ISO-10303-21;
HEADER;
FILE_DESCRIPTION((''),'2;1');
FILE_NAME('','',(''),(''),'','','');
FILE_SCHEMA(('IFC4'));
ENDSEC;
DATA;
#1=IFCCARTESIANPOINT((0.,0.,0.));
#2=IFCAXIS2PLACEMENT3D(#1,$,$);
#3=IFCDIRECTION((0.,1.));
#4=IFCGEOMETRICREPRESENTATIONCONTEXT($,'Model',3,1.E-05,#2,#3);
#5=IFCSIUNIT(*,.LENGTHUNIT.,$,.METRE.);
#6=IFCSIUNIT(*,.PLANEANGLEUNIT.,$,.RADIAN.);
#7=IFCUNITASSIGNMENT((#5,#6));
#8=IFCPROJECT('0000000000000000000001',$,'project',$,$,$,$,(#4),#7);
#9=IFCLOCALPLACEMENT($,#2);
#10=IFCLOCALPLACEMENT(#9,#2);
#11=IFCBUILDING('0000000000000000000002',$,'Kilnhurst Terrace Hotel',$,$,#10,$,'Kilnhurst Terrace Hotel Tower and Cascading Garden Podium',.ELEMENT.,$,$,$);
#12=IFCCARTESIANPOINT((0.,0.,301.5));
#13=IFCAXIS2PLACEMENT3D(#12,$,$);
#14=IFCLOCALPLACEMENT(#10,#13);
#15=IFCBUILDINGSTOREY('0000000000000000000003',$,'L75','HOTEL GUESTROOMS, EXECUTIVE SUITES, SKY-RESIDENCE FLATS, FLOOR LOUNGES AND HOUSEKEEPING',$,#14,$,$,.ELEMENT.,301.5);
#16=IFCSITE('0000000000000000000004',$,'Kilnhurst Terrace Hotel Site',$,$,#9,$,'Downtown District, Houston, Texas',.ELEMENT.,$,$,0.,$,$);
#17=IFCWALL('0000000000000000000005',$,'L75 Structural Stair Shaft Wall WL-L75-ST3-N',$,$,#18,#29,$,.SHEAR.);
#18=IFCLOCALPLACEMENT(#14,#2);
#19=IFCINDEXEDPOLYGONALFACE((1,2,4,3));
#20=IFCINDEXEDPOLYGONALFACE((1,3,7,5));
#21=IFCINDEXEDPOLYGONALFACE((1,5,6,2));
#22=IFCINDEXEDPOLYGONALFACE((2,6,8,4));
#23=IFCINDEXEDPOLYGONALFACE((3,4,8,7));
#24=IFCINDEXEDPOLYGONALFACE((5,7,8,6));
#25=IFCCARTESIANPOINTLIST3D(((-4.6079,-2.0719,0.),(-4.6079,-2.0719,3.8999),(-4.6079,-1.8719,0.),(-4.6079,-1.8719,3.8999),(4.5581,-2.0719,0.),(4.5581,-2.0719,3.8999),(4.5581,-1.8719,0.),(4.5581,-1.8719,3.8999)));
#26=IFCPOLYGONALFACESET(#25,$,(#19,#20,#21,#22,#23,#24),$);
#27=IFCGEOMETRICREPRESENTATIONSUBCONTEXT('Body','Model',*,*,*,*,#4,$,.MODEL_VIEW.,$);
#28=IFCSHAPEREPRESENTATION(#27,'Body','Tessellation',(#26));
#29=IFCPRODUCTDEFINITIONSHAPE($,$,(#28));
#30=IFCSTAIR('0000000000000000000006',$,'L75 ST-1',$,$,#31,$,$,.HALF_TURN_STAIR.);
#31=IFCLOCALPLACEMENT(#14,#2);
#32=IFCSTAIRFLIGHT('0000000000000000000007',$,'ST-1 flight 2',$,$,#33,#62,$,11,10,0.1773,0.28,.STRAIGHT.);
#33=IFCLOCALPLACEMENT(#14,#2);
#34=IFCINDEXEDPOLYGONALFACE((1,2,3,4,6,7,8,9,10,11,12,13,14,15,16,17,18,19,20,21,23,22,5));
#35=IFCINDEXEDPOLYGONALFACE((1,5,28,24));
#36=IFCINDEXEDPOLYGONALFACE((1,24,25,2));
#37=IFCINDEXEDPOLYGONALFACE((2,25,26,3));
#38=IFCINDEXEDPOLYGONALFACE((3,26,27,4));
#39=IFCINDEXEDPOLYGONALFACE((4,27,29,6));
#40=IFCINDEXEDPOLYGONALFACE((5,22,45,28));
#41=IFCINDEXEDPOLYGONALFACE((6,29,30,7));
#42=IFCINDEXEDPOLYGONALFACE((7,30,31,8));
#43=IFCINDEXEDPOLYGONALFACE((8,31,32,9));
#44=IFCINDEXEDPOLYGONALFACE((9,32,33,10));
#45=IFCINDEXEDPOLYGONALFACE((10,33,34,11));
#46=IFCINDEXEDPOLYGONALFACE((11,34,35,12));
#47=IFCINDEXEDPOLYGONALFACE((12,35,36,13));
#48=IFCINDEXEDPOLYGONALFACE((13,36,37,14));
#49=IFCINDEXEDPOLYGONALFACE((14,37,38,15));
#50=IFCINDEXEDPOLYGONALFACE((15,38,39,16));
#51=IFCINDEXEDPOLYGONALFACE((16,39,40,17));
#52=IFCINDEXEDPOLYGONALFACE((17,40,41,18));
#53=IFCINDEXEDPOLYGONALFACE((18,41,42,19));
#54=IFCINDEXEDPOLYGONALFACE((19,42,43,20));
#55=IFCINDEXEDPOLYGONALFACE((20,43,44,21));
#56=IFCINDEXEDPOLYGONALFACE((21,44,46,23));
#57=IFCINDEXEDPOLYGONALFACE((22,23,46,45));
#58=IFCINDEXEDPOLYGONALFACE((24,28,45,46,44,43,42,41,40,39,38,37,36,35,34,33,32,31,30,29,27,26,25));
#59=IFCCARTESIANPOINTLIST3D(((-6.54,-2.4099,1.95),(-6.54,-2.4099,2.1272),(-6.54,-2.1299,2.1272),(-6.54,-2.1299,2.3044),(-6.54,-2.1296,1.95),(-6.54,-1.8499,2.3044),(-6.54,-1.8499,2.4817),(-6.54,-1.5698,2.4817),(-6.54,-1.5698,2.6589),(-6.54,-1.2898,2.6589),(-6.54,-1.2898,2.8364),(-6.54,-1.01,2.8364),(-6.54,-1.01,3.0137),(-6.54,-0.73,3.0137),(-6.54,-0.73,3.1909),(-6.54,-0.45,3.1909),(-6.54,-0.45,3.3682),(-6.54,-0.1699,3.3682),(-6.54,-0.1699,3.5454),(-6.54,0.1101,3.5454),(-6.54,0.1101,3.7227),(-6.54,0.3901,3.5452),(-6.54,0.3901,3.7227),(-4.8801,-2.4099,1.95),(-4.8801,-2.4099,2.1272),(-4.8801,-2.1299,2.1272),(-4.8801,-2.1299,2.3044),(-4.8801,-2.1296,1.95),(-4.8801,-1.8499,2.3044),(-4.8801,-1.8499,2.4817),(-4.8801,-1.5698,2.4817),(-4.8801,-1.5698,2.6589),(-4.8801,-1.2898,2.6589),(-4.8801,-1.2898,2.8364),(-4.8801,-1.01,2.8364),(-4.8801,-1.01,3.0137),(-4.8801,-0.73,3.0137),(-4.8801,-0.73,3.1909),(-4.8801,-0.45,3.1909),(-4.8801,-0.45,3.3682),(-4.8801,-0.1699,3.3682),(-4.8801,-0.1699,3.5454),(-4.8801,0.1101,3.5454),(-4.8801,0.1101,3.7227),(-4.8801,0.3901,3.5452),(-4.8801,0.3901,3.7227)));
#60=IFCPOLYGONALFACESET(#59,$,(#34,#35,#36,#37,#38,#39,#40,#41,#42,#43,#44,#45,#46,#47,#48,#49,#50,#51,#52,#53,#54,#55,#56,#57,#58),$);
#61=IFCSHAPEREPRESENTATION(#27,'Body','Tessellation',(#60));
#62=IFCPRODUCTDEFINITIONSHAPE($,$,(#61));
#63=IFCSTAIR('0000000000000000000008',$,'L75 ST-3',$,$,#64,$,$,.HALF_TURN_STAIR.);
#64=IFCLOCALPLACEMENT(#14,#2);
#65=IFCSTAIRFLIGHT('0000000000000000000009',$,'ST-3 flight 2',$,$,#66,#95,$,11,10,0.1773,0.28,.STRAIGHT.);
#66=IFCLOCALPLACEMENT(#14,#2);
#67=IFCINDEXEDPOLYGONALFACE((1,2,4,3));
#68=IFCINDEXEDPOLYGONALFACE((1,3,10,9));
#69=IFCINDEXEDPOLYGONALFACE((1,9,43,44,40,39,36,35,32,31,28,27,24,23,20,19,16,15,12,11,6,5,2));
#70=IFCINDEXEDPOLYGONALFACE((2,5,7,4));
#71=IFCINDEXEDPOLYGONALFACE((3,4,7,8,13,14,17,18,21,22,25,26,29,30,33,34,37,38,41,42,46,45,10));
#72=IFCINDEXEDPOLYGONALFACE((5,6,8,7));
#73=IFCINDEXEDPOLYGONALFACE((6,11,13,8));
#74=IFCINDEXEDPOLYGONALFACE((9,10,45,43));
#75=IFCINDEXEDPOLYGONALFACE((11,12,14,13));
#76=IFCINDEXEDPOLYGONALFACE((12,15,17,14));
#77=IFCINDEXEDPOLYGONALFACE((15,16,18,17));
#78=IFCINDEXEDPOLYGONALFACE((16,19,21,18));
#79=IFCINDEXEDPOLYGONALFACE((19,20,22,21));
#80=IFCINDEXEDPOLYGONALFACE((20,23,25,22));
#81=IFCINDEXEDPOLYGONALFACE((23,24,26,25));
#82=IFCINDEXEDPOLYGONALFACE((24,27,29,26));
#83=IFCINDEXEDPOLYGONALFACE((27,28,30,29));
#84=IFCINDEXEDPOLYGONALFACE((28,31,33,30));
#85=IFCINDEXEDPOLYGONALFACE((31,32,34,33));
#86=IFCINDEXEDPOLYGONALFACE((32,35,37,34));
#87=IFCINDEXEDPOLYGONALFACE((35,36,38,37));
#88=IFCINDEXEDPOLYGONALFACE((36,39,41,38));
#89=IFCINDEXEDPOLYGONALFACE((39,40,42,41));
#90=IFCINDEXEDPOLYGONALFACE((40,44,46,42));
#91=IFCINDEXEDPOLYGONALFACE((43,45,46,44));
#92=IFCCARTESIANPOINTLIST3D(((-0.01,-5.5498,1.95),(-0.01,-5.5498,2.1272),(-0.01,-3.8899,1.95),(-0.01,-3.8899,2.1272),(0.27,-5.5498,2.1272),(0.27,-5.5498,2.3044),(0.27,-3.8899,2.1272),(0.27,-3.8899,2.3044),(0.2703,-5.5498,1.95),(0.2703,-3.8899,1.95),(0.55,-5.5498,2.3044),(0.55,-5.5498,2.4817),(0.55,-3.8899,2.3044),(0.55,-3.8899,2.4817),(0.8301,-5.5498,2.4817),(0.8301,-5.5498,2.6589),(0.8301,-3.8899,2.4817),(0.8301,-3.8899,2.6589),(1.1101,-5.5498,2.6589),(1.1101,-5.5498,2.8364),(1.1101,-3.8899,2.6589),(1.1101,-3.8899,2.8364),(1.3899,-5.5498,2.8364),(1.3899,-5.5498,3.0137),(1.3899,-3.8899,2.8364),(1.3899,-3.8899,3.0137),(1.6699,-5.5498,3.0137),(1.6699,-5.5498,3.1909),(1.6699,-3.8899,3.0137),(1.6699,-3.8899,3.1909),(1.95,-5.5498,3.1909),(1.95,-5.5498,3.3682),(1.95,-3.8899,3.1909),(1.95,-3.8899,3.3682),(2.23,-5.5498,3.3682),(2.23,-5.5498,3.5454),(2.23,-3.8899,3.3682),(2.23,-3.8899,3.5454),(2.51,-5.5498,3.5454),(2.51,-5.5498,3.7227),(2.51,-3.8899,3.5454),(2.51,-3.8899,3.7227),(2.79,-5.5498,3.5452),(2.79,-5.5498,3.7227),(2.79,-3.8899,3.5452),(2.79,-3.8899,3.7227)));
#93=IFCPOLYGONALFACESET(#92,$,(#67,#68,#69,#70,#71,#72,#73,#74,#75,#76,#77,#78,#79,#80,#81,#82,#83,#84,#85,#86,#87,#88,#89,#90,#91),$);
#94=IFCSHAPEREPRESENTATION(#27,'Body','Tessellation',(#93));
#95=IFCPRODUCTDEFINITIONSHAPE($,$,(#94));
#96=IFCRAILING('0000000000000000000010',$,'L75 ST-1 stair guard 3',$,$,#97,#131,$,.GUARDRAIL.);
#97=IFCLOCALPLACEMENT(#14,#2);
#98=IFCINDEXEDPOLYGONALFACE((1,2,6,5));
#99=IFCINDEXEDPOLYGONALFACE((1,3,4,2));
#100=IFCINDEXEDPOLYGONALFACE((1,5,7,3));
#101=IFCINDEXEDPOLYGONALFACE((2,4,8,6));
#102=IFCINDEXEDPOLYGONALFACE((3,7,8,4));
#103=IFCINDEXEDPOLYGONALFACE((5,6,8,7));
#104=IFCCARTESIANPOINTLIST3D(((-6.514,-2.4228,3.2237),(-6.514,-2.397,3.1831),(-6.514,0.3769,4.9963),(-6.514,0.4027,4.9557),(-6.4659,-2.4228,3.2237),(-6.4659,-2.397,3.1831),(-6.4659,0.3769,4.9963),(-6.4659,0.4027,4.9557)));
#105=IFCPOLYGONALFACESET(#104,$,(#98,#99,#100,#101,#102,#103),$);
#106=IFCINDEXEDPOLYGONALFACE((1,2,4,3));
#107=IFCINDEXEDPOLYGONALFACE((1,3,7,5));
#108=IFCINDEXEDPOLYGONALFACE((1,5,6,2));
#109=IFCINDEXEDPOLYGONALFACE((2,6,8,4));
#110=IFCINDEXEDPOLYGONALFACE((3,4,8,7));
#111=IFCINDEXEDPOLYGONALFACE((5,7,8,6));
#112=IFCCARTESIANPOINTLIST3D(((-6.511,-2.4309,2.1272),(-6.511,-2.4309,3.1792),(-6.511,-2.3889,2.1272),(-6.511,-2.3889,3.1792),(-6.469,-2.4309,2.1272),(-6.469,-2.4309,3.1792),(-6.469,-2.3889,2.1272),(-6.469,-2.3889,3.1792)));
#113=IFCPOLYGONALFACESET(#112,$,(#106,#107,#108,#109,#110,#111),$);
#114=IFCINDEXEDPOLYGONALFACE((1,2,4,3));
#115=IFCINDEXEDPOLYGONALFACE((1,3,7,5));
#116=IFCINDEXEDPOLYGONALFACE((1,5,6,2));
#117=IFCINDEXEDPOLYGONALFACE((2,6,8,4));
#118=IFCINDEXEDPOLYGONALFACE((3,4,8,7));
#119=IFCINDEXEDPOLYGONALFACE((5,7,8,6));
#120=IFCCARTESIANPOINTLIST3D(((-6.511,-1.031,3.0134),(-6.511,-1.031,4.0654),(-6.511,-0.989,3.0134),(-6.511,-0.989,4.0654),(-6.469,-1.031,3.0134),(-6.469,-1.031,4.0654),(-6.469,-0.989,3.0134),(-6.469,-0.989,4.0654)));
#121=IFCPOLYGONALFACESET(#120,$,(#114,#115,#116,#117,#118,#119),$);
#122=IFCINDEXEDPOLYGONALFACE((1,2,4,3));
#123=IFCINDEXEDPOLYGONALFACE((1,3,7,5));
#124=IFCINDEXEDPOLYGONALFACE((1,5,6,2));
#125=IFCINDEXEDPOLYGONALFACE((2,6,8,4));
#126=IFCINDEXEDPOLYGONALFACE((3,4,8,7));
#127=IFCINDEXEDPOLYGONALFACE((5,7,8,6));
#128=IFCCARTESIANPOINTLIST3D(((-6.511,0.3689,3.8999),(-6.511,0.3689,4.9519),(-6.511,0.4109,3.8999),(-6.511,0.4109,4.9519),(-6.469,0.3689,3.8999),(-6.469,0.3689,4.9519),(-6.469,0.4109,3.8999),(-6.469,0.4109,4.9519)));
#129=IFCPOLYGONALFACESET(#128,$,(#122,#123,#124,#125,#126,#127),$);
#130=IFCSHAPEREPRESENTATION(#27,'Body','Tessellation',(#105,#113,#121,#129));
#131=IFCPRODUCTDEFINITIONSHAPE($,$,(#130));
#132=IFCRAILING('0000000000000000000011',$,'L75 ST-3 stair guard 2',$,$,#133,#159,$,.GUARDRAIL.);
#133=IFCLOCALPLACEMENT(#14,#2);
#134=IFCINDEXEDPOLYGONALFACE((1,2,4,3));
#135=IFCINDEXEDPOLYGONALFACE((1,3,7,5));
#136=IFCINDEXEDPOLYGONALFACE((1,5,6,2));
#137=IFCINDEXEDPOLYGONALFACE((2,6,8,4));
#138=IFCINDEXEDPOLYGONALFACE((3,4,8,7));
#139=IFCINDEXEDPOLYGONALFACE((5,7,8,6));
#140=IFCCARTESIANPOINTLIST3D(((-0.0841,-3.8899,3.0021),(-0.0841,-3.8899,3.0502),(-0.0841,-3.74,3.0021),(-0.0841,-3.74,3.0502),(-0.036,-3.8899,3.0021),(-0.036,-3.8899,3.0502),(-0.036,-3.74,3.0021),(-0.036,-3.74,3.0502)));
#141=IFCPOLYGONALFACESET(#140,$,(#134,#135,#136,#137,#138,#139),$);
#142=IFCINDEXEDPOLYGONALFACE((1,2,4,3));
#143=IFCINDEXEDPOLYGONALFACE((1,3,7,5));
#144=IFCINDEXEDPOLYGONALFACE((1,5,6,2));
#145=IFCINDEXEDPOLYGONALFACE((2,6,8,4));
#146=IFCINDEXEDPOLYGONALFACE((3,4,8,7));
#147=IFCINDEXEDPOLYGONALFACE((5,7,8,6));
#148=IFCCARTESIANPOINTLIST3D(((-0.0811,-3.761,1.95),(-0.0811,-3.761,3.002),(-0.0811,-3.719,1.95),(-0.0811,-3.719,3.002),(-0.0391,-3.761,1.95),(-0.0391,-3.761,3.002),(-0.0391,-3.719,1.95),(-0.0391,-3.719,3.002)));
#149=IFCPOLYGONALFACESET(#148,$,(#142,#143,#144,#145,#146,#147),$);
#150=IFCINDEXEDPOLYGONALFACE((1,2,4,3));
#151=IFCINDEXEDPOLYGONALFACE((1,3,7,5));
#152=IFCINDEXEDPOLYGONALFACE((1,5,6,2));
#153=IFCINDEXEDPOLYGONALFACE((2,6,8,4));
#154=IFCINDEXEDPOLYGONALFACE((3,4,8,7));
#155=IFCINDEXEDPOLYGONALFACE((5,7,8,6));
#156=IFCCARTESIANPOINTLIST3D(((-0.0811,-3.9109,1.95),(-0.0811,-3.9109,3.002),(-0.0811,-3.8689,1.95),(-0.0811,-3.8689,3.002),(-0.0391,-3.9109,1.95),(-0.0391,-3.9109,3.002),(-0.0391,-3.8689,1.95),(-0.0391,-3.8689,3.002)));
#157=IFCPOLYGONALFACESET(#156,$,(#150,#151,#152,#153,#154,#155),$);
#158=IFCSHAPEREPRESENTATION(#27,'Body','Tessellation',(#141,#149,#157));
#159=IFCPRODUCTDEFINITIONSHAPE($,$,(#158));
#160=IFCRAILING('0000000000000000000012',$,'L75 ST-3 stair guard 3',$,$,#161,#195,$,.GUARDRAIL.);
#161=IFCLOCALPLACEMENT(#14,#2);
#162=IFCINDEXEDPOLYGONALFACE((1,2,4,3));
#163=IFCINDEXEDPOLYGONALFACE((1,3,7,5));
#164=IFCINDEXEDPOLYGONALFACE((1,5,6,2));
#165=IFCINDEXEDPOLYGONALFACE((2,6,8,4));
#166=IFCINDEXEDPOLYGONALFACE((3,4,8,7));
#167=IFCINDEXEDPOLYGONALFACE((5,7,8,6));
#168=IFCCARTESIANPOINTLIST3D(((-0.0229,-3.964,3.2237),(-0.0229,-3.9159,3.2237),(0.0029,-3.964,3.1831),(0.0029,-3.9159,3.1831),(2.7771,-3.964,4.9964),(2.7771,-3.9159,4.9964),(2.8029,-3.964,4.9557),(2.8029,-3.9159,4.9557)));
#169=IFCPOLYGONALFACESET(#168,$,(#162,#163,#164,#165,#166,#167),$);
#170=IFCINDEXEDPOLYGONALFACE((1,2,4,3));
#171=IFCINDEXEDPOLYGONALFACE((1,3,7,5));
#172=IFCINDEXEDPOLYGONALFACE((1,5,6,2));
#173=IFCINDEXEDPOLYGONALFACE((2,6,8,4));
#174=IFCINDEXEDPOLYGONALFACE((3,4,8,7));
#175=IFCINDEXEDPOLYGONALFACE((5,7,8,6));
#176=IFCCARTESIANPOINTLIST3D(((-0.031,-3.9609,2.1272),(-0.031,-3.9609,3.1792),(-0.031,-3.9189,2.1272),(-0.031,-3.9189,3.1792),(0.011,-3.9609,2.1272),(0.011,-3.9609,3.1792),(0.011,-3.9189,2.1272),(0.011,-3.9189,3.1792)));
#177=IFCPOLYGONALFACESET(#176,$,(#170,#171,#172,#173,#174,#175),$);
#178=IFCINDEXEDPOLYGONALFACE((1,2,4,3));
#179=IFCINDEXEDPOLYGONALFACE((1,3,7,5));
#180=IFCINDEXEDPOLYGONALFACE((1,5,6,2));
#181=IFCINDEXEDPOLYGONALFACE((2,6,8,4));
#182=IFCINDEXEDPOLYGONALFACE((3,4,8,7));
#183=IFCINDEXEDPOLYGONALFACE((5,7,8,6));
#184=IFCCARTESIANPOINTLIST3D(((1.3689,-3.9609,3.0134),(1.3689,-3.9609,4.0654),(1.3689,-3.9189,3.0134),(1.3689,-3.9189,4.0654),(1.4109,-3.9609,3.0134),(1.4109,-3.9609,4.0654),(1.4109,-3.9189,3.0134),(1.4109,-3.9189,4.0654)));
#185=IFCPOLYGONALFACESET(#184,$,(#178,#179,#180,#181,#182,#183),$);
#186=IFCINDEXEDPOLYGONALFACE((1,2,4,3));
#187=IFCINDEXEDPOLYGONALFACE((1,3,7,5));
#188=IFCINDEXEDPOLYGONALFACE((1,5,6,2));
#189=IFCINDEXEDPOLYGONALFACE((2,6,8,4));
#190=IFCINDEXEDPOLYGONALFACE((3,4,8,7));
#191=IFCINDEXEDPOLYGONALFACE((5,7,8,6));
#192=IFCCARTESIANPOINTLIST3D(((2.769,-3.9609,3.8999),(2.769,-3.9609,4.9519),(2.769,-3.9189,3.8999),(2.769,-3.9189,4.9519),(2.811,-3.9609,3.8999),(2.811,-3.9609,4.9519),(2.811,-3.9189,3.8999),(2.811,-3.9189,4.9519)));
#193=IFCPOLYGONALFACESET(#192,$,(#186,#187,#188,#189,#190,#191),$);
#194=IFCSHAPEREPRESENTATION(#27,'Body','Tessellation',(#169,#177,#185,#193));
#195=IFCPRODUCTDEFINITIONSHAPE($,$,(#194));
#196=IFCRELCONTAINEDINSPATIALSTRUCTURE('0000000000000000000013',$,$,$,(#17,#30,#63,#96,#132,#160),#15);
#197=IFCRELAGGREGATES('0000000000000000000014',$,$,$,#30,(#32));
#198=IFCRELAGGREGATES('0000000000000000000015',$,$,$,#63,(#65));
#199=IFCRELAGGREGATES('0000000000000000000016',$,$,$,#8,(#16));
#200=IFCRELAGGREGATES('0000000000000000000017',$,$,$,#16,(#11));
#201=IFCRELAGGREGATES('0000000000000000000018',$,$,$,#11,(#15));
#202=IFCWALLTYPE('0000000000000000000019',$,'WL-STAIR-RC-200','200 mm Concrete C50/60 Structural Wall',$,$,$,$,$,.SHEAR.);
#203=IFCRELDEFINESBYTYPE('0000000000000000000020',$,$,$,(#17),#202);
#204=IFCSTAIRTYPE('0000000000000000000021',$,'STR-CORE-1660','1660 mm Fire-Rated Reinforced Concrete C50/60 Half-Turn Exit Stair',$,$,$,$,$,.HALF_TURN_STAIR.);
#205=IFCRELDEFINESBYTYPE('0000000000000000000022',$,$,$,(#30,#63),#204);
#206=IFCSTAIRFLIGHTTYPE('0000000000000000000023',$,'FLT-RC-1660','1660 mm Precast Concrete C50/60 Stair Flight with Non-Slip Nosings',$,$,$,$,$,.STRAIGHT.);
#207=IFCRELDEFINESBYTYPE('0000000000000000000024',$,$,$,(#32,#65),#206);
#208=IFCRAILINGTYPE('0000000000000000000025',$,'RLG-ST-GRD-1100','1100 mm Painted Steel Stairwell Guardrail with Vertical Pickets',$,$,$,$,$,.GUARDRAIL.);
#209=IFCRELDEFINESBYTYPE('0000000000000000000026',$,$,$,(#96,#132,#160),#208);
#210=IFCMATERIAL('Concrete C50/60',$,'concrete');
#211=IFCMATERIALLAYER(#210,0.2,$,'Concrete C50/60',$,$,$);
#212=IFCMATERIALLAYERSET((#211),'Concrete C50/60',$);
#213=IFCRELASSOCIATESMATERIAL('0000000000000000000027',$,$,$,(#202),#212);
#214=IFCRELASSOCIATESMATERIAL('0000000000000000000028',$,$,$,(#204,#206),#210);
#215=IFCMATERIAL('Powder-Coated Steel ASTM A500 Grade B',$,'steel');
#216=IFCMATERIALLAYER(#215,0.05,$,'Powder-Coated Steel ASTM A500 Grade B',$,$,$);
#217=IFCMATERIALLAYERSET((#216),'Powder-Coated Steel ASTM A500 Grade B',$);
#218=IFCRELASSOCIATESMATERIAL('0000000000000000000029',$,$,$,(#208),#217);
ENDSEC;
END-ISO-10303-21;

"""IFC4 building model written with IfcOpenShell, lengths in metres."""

from ifc_helpers import new_model, si_unit, direction, frame, frame_2d, origin, origin_2d, place, context, subcontext, project, spatial, polyline, rectangle, outline, extrude, material, layer, layer_set, type_object, element, aggregate, save


model = new_model("IFC4")

# Units and contexts
model_context = context("Model", 3, precision=1e-05, world=origin(), true_north=direction((0.0, 1.0)))
body_context = subcontext(model_context, "Body", "Model", "MODEL_VIEW")
ifc_project = project(units=[si_unit("LENGTHUNIT", "METRE"), si_unit("PLANEANGLEUNIT", "RADIAN")], contexts=[model_context])

# Site, building, storey
site_placement = place(None, origin())
site = spatial("IfcSite", under=ifc_project, at=site_placement, Name="Kilnhurst Terrace Hotel Site", LongName="Downtown District, Houston, Texas", CompositionType="ELEMENT", RefElevation=0.0)
building_placement = place(site_placement, origin())
building = spatial("IfcBuilding", under=site, at=building_placement, Name="Kilnhurst Terrace Hotel", LongName="Kilnhurst Terrace Hotel Tower and Cascading Garden Podium", CompositionType="ELEMENT")
storey_placement = place(building_placement, frame((0.0, 0.0, 301.5)))
storey = spatial("IfcBuildingStorey", under=building, at=storey_placement, Name="L75", Description="HOTEL GUESTROOMS, EXECUTIVE SUITES, SKY-RESIDENCE FLATS, FLOOR LOUNGES AND HOUSEKEEPING", CompositionType="ELEMENT", Elevation=301.5)

# Shared definitions
ifc_material_1 = material(Name="Concrete C50/60", Category="concrete")

# Shared definitions
ifc_layer_1 = layer(ifc_material_1, 0.2, Name="Concrete C50/60")
ifc_layer_set_1 = layer_set([ifc_layer_1], Name="Concrete C50/60")
wall_type_1 = type_object("IfcWallType", Name="WL-STAIR-RC-200", Description="200 mm Concrete C50/60 Structural Wall", PredefinedType="SHEAR", material=ifc_layer_set_1)

# Wall
wall_1_placement = place(storey_placement, frame((-4.6079, -1.9719, 0.0), z_axis=(0.0, 0.0, 1.0), x_axis=(1.0, 0.0, 0.0)))
element("IfcWall", 1, at=wall_1_placement, inside=storey, type_object=wall_type_1, Name="L75 Structural Stair Shaft Wall WL-L75-ST3-N", PredefinedType="SHEAR", context=body_context, shape_type="SweptSolid", body=[
    extrude(rectangle(XDim=9.166, YDim=0.2, at=frame_2d((4.583, 0.0))), origin(), (0.0, 0.0, 1.0), 3.8999),
])

# Stairs, stair flights
stair_type = type_object("IfcStairType", Name="STR-CORE-1660", Description="1660 mm Fire-Rated Reinforced Concrete C50/60 Half-Turn Exit Stair", PredefinedType="HALF_TURN_STAIR", material=ifc_material_1)
stair_1_placement = place(storey_placement, origin())
stair_1 = element("IfcStair", 2, at=stair_1_placement, inside=storey, type_object=stair_type, Name="L75 ST-1", PredefinedType="HALF_TURN_STAIR")
stair_flight_type = type_object("IfcStairFlightType", Name="FLT-RC-1660", Description="1660 mm Precast Concrete C50/60 Stair Flight with Non-Slip Nosings", PredefinedType="STRAIGHT", material=ifc_material_1)
stair_flight_1_placement = place(storey_placement, frame((-5.71, -2.4099, 1.95), z_axis=(0.0, 0.0, 1.0), x_axis=(0.0, 1.0, 0.0)))
stair_flight_1 = element("IfcStairFlight", 3, at=stair_flight_1_placement, type_object=stair_flight_type, Name="ST-1 flight 2", NumberOfRisers=11, NumberOfTreads=10, PredefinedType="STRAIGHT", RiserHeight=0.1773, TreadLength=0.28, context=body_context, shape_type="SweptSolid", body=[
    extrude(outline(polyline([(0.0, 0.0), (0.0, 0.1772), (0.28, 0.1772), (0.28, 0.3545), (0.5601, 0.3545), (0.5601, 0.5317), (0.8401, 0.5317), (0.8401, 0.709), (1.1201, 0.709), (1.1201, 0.8865), (1.3999, 0.8865), (1.3999, 1.0637), (1.6799, 1.0637), (1.6799, 1.241), (1.96, 1.241), (1.96, 1.4182), (2.24, 1.4182), (2.24, 1.5955), (2.52, 1.5955), (2.52, 1.7727), (2.8, 1.7727), (2.8, 1.95), (2.8, 1.5952), (0.2803, 0.0), (0.0, 0.0)])), frame((0.0, 0.8301, 0.0), z_axis=(0.0, -1.0, 0.0), x_axis=(1.0, 0.0, 0.0)), (0.0, 0.0, 1.0), 1.6599),
])
aggregate(stair_1, [stair_flight_1])
stair_2_placement = place(storey_placement, origin())
stair_2 = element("IfcStair", 4, at=stair_2_placement, inside=storey, type_object=stair_type, Name="L75 ST-3", PredefinedType="HALF_TURN_STAIR")
stair_flight_2_placement = place(storey_placement, frame((-0.01, -4.72, 1.95), z_axis=(0.0, 0.0, 1.0), x_axis=(1.0, 0.0, 0.0)))
stair_flight_2 = element("IfcStairFlight", 5, at=stair_flight_2_placement, type_object=stair_flight_type, Name="ST-3 flight 2", NumberOfRisers=11, NumberOfTreads=10, PredefinedType="STRAIGHT", RiserHeight=0.1773, TreadLength=0.28, context=body_context, shape_type="SweptSolid", body=[
    extrude(outline(polyline([(0.0, 0.0), (0.0, 0.1772), (0.28, 0.1772), (0.28, 0.3545), (0.5601, 0.3545), (0.5601, 0.5317), (0.8401, 0.5317), (0.8401, 0.709), (1.1201, 0.709), (1.1201, 0.8865), (1.3999, 0.8865), (1.3999, 1.0637), (1.6799, 1.0637), (1.6799, 1.241), (1.96, 1.241), (1.96, 1.4182), (2.24, 1.4182), (2.24, 1.5955), (2.52, 1.5955), (2.52, 1.7727), (2.8, 1.7727), (2.8, 1.95), (2.8, 1.5952), (0.2803, 0.0), (0.0, 0.0)])), frame((0.0, 0.8301, 0.0), z_axis=(0.0, -1.0, 0.0), x_axis=(1.0, 0.0, 0.0)), (0.0, 0.0, 1.0), 1.6599),
])
aggregate(stair_2, [stair_flight_2])

# Railings
ifc_material_2 = material(Name="Powder-Coated Steel ASTM A500 Grade B", Category="steel")
ifc_layer_2 = layer(ifc_material_2, 0.05, Name="Powder-Coated Steel ASTM A500 Grade B")
ifc_layer_set_2 = layer_set([ifc_layer_2], Name="Powder-Coated Steel ASTM A500 Grade B")
railing_type_1 = type_object("IfcRailingType", Name="RLG-ST-GRD-1100", Description="1100 mm Painted Steel Stairwell Guardrail with Vertical Pickets", PredefinedType="GUARDRAIL", material=ifc_layer_set_2)
railing_1_placement = place(storey_placement, frame((-6.49, -2.4099, 2.1272)))
element("IfcRailing", 6, at=railing_1_placement, inside=storey, type_object=railing_type_1, Name="L75 ST-1 stair guard 3", PredefinedType="GUARDRAIL", context=body_context, shape_type="SweptSolid", body=[
    extrude(rectangle(XDim=0.0481, YDim=0.0481, at=origin_2d()), frame((0.0, 0.0, 1.0762), z_axis=(0.0, 0.844888, 0.534943), x_axis=(-1.0, 0.0, 0.0)), (0.0, 0.0, 1.0), 3.3137),
    extrude(rectangle(XDim=0.042, YDim=0.042, at=origin_2d()), origin(), (0.0, 0.0, 1.0), 1.052),
    extrude(rectangle(XDim=0.042, YDim=0.042, at=origin_2d()), frame((0.0, 1.3999, 0.8862)), (0.0, 0.0, 1.0), 1.052),
    extrude(rectangle(XDim=0.042, YDim=0.042, at=origin_2d()), frame((0.0, 2.7998, 1.7727)), (0.0, 0.0, 1.0), 1.052),
])
railing_2_placement = place(storey_placement, frame((-0.0601, -3.74, 1.95)))
element("IfcRailing", 7, at=railing_2_placement, inside=storey, type_object=railing_type_1, Name="L75 ST-3 stair guard 2", PredefinedType="GUARDRAIL", context=body_context, shape_type="SweptSolid", body=[
    extrude(rectangle(XDim=0.0481, YDim=0.0481, at=origin_2d()), frame((0.0, 0.0, 1.0762), z_axis=(0.0, -1.0, 0.0), x_axis=(1.0, 0.0, 0.0)), (0.0, 0.0, 1.0), 0.1499),
    extrude(rectangle(XDim=0.042, YDim=0.042, at=origin_2d()), origin(), (0.0, 0.0, 1.0), 1.052),
    extrude(rectangle(XDim=0.042, YDim=0.042, at=origin_2d()), frame((0.0, -0.1499, 0.0)), (0.0, 0.0, 1.0), 1.052),
])
railing_3_placement = place(storey_placement, frame((-0.01, -3.9399, 2.1272)))
element("IfcRailing", 8, at=railing_3_placement, inside=storey, type_object=railing_type_1, Name="L75 ST-3 stair guard 3", PredefinedType="GUARDRAIL", context=body_context, shape_type="SweptSolid", body=[
    extrude(rectangle(XDim=0.0481, YDim=0.0481, at=origin_2d()), frame((0.0, 0.0, 1.0762), z_axis=(0.844909, 0.0, 0.53491), x_axis=(0.0, 1.0, 0.0)), (0.0, 0.0, 1.0), 3.314),
    extrude(rectangle(XDim=0.042, YDim=0.042, at=origin_2d()), origin(), (0.0, 0.0, 1.0), 1.052),
    extrude(rectangle(XDim=0.042, YDim=0.042, at=origin_2d()), frame((1.3999, 0.0, 0.8862)), (0.0, 0.0, 1.0), 1.052),
    extrude(rectangle(XDim=0.042, YDim=0.042, at=origin_2d()), frame((2.8, 0.0, 1.7727)), (0.0, 0.0, 1.0), 1.052),
])

save(model, "model.ifc")
